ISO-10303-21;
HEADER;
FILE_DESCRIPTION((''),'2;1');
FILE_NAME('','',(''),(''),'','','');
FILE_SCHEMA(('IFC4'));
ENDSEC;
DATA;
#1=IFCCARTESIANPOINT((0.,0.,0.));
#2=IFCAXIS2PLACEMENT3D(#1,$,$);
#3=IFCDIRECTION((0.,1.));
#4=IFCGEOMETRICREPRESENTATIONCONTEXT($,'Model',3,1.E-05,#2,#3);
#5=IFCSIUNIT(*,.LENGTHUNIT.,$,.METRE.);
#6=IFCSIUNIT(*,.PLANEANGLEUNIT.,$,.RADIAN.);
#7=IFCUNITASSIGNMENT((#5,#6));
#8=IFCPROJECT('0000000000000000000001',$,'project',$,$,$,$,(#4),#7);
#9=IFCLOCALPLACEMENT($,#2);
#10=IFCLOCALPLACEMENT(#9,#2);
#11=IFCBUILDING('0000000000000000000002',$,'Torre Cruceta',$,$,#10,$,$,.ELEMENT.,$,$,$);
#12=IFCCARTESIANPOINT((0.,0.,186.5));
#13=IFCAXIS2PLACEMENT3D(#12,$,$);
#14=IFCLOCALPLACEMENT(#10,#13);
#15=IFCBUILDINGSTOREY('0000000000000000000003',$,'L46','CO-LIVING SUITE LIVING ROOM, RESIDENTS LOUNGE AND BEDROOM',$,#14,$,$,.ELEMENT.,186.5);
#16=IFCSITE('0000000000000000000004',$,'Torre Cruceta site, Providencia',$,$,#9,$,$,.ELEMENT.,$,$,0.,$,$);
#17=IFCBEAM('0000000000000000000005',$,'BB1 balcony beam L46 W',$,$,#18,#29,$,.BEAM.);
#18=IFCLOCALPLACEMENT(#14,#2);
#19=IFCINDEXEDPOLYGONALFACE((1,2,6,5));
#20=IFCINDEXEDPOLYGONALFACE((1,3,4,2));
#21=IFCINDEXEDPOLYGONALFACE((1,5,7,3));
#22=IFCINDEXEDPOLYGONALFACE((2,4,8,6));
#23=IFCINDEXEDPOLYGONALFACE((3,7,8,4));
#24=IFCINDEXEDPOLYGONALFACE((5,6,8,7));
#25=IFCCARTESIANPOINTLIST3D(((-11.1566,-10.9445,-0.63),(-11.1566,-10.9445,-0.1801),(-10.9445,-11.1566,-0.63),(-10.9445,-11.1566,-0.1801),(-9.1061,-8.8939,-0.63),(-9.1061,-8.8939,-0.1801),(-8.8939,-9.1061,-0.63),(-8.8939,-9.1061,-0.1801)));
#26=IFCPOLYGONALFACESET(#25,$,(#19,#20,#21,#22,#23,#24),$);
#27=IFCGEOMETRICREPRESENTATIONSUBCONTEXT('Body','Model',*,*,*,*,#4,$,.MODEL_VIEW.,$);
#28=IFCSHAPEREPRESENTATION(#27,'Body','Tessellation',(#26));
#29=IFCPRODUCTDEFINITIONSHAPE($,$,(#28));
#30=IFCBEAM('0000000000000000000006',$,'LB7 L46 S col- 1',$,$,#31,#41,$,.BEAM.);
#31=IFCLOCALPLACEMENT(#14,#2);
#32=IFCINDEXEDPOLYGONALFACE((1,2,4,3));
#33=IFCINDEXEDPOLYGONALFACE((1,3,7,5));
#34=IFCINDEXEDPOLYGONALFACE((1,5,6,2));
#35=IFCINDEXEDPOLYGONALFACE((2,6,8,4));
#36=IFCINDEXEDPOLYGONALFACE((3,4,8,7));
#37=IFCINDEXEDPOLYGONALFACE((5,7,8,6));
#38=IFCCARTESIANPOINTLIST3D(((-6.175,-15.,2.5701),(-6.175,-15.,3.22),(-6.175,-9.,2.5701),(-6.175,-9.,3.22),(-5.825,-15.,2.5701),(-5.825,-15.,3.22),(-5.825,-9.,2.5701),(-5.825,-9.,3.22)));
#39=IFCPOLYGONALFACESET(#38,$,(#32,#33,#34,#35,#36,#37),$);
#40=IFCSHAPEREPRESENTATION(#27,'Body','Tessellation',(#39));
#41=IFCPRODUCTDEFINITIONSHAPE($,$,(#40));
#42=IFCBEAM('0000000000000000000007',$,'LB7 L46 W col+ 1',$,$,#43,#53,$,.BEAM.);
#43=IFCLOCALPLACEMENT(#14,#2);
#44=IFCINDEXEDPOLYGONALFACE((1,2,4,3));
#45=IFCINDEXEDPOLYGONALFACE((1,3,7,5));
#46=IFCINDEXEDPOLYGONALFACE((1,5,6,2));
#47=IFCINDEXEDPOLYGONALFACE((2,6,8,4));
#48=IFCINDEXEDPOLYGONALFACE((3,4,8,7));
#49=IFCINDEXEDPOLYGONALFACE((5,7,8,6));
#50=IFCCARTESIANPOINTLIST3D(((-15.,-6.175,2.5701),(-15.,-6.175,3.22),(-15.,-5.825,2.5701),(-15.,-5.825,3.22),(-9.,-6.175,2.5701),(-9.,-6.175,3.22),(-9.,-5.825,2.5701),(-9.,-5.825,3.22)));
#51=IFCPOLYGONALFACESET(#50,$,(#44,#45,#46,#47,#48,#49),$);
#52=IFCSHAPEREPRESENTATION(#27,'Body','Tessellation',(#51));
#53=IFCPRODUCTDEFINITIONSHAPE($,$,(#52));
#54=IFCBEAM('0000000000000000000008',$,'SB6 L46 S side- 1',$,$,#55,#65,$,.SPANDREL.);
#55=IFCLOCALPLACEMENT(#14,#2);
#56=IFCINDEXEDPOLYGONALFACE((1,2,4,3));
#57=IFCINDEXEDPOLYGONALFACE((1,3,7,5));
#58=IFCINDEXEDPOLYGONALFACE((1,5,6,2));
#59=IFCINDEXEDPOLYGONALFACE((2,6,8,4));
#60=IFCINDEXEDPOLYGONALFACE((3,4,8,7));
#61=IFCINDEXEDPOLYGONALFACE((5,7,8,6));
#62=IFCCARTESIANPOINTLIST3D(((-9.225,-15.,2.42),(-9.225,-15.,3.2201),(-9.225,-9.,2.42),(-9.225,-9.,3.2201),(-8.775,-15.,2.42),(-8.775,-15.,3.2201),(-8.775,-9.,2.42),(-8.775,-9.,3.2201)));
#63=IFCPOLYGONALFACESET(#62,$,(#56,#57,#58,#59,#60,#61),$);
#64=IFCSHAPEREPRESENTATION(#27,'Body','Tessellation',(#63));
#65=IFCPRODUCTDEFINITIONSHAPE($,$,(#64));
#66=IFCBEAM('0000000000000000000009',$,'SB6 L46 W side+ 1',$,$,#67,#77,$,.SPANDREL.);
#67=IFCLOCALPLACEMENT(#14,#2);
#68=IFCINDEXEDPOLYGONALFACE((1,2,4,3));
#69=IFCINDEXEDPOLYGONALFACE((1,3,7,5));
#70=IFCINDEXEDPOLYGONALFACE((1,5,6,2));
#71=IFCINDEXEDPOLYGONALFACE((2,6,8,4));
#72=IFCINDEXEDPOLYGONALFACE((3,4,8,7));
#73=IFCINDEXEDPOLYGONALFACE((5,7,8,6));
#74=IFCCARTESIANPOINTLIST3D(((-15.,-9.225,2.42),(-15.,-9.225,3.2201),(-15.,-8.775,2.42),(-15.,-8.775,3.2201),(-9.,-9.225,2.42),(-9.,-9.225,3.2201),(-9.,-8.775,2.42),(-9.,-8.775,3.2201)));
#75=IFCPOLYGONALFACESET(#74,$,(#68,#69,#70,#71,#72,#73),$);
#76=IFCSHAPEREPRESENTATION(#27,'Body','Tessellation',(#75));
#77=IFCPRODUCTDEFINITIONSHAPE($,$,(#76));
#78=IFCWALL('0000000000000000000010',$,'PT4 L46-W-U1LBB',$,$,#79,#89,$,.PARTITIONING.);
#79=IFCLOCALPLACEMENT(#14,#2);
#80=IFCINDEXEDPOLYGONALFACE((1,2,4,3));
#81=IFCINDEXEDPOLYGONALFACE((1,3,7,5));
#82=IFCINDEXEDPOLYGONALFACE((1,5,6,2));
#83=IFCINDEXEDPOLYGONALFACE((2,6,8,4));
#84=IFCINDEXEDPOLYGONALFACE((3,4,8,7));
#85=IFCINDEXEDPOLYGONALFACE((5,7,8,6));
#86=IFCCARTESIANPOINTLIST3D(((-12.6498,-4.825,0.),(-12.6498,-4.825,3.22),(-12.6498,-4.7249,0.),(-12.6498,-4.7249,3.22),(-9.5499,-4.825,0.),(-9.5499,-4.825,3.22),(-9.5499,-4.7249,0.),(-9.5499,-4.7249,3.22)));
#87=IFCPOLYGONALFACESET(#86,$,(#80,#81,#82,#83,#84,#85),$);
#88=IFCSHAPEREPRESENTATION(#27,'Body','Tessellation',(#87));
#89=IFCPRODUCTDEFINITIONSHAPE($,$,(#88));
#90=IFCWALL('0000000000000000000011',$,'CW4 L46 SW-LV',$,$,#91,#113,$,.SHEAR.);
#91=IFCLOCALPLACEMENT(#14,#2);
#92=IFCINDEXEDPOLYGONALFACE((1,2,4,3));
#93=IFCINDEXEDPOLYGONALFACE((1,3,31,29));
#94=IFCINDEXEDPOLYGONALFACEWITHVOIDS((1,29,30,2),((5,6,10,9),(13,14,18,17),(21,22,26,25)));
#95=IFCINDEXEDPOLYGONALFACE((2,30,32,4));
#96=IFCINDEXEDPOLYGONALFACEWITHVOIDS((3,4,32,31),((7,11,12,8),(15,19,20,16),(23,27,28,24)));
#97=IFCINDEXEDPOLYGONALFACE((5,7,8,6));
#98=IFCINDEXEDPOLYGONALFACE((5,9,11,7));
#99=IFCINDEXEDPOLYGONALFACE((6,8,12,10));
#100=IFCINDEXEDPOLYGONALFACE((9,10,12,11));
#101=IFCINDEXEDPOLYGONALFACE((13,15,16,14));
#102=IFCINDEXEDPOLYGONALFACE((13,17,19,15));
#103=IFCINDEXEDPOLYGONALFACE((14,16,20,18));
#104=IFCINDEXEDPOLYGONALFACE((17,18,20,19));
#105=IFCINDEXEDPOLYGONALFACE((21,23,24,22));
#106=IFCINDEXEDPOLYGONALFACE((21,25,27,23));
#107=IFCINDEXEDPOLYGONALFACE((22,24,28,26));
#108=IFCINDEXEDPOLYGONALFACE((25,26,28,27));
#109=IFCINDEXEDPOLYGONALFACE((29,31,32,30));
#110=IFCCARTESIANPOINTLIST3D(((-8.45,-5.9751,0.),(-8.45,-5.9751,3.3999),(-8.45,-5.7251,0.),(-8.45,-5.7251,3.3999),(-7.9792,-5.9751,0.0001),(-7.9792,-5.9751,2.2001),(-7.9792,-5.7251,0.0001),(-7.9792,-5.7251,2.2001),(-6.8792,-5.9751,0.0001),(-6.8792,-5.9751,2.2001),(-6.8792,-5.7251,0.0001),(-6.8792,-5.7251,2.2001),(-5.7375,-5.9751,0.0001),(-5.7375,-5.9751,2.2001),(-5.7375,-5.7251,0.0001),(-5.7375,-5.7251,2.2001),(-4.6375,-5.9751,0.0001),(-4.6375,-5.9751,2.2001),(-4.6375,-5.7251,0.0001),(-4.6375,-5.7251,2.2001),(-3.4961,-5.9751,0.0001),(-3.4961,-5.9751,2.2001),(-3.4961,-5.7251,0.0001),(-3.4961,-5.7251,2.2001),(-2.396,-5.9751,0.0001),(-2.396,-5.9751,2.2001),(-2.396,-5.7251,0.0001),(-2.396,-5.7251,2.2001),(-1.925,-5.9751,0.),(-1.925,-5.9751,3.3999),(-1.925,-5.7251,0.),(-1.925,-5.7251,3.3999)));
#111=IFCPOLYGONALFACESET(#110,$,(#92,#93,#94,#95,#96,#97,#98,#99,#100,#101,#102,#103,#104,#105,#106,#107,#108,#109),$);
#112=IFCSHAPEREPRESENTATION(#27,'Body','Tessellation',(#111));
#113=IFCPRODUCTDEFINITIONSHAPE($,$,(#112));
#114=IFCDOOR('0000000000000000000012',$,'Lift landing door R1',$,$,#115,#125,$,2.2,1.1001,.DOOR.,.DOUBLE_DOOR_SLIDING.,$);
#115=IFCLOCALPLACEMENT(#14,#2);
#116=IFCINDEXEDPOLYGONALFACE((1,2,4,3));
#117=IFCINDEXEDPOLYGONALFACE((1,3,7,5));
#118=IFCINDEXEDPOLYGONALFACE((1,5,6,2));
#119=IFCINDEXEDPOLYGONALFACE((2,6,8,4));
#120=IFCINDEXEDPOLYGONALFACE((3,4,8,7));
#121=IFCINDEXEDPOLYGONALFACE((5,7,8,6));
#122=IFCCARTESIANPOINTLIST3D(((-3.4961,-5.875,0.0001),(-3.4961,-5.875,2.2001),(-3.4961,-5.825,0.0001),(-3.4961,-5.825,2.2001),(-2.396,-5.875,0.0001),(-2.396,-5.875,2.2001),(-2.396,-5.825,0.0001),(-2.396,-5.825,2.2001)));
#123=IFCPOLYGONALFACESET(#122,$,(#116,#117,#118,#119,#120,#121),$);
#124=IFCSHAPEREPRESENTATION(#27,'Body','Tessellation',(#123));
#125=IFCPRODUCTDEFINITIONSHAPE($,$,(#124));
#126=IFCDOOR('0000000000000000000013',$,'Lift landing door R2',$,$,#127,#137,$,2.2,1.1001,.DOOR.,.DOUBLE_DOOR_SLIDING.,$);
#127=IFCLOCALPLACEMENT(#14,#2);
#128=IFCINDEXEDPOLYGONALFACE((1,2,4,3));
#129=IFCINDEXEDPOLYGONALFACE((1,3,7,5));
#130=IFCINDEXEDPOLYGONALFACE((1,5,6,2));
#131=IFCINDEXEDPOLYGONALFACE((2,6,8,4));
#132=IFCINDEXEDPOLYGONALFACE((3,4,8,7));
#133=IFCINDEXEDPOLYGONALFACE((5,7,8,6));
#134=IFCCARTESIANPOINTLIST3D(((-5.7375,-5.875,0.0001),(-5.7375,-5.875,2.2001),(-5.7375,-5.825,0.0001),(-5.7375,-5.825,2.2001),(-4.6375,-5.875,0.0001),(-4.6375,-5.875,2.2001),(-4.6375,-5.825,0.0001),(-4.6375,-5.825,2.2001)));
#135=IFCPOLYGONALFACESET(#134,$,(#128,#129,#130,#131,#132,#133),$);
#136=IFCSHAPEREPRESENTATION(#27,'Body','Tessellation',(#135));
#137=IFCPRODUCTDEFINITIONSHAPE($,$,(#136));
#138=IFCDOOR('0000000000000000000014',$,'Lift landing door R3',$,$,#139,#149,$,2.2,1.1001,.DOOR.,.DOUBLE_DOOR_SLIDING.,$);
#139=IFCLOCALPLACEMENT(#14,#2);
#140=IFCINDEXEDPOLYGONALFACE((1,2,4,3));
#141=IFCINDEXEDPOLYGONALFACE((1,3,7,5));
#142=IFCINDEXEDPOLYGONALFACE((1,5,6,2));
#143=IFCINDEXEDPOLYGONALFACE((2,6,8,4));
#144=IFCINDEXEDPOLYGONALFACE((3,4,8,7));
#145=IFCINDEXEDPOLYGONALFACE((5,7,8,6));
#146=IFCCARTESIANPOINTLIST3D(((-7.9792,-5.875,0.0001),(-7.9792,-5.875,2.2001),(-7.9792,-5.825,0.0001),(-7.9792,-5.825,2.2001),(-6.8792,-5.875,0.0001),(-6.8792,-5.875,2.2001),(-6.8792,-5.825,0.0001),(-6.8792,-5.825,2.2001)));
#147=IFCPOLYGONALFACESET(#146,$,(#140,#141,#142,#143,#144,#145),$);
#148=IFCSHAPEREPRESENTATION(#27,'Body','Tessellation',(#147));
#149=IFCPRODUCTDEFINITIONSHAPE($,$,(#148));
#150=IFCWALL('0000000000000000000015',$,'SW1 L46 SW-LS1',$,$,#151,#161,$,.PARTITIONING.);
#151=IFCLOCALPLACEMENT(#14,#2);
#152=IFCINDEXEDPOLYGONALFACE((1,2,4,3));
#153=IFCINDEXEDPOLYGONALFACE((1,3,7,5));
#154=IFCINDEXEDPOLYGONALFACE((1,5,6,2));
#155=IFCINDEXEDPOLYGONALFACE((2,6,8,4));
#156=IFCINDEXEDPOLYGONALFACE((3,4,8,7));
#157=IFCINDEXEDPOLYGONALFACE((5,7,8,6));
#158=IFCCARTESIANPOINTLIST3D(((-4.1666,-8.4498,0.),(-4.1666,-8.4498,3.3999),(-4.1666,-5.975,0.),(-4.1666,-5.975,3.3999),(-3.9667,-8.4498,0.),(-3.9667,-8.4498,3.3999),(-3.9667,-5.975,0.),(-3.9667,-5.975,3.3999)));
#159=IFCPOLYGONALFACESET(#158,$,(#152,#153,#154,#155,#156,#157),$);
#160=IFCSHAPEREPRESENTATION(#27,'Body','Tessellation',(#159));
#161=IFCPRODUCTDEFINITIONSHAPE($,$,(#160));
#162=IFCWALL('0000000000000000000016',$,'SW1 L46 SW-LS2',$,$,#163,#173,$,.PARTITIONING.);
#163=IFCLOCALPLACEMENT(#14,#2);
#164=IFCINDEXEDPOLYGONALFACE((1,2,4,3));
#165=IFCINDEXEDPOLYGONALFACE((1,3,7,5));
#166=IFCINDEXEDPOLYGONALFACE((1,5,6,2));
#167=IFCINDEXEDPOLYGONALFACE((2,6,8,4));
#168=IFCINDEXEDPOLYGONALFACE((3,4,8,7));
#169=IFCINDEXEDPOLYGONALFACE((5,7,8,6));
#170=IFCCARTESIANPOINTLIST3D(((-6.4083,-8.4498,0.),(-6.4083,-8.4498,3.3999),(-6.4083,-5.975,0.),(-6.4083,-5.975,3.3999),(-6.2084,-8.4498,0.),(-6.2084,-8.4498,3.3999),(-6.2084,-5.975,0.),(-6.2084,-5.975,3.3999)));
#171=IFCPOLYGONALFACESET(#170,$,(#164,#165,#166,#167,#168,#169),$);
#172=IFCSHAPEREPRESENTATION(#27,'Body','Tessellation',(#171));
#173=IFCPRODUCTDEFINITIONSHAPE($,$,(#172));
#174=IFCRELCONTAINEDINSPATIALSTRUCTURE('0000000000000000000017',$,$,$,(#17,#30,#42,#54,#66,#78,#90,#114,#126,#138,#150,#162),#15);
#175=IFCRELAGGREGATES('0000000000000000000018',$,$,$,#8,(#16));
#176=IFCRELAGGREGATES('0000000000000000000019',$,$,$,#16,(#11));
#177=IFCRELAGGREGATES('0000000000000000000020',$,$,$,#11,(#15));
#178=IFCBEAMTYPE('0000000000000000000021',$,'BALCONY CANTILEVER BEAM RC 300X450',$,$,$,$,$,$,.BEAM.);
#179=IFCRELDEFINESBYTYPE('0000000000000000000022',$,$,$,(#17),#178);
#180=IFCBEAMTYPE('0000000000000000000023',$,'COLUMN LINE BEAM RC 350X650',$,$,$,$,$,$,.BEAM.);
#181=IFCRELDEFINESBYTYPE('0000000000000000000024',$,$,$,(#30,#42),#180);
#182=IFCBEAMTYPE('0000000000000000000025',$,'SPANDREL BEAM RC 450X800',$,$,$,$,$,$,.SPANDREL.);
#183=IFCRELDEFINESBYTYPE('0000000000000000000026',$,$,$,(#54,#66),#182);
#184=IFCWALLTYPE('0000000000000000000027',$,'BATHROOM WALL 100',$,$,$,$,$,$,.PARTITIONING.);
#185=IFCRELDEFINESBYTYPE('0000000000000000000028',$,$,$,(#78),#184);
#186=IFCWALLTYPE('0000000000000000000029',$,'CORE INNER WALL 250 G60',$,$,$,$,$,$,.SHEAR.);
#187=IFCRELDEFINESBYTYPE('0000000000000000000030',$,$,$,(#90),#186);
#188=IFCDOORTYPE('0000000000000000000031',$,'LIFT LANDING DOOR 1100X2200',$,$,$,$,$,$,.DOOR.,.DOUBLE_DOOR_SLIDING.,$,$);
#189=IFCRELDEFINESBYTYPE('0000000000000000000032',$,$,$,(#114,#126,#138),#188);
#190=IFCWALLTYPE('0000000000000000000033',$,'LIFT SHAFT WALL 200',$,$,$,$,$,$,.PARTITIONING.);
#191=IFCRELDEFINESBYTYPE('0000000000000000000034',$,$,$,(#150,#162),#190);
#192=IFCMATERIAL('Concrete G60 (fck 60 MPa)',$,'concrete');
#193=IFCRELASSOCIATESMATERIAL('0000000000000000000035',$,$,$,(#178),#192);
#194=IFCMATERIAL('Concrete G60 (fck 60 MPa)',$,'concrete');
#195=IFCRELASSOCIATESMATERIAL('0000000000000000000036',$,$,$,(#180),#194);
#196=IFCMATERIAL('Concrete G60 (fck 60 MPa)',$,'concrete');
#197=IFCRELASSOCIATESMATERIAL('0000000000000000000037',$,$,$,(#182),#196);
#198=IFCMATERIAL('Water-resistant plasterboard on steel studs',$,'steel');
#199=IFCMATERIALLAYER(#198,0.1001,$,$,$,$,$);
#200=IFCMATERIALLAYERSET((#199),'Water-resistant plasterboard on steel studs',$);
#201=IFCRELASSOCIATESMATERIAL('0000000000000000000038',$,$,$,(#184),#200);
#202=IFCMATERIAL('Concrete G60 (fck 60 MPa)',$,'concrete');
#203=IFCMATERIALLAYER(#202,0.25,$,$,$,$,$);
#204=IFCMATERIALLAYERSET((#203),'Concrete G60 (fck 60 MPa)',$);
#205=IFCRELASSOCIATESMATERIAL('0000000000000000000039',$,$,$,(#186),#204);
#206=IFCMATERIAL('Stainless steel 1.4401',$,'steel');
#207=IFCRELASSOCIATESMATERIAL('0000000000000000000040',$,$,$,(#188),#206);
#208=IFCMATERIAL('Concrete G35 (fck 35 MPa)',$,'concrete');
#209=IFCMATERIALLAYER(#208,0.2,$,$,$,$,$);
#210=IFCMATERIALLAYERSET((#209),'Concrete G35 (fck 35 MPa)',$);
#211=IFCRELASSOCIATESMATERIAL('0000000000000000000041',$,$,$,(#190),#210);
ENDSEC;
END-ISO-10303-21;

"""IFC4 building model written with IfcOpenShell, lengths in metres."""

from ifc_helpers import new_model, si_unit, direction, frame, frame_2d, origin, origin_2d, place, context, subcontext, project, spatial, rectangle, extrude, material, layer, layer_set, material_profile, profile_set, type_object, element, fill, save


model = new_model("IFC4")

# Units and contexts
model_context = context("Model", 3, precision=1e-05, world=origin(), true_north=direction((0.0, 1.0)))
body_context = subcontext(model_context, "Body", "Model", "MODEL_VIEW")
ifc_project = project(units=[si_unit("LENGTHUNIT", "METRE"), si_unit("PLANEANGLEUNIT", "RADIAN")], contexts=[model_context])

# Site, building, storey
site_placement = place(None, origin())
site = spatial("IfcSite", under=ifc_project, at=site_placement, Name="Torre Cruceta site, Providencia", CompositionType="ELEMENT", RefElevation=0.0)
building_placement = place(site_placement, origin())
building = spatial("IfcBuilding", under=site, at=building_placement, Name="Torre Cruceta", CompositionType="ELEMENT")
storey_placement = place(building_placement, frame((0.0, 0.0, 186.5)))
storey = spatial("IfcBuildingStorey", under=building, at=storey_placement, Name="L46", Description="CO-LIVING SUITE LIVING ROOM, RESIDENTS LOUNGE AND BEDROOM", CompositionType="ELEMENT", Elevation=186.5)

# Beams
ifc_material_1 = material(Name="Concrete G60 (fck 60 MPa)", Category="concrete")
ifc_material_profile_1 = material_profile(ifc_material_1, rectangle(XDim=0.3, YDim=0.45, at=origin_2d()), Name="RC 300X450")
ifc_profile_set_1 = profile_set([ifc_material_profile_1], Name="Concrete G60 (fck 60 MPa)")
beam_type_1 = type_object("IfcBeamType", Name="BALCONY CANTILEVER BEAM RC 300X450", PredefinedType="BEAM", material=ifc_profile_set_1)
beam_placement = place(storey_placement, frame((-9.0, -9.0, -0.405), z_axis=(-0.707107, -0.707107, 0.0), x_axis=(0.707107, -0.707107, 0.0)))
element("IfcBeam", 1, at=beam_placement, inside=storey, type_object=beam_type_1, Name="BB1 balcony beam L46 W", PredefinedType="BEAM", context=body_context, shape_type="SweptSolid", body=[
    extrude(rectangle(XDim=0.3, YDim=0.45, at=origin_2d()), origin(), (0.0, 0.0, 1.0), 2.8999),
])
ifc_material_2 = material(Name="Concrete G60 (fck 60 MPa)", Category="concrete")
ifc_material_profile_2 = material_profile(ifc_material_2, rectangle(XDim=0.3501, YDim=0.6499, at=origin_2d()), Name="RC 350X650")
ifc_profile_set_2 = profile_set([ifc_material_profile_2], Name="Concrete G60 (fck 60 MPa)")
beam_type_2 = type_object("IfcBeamType", Name="COLUMN LINE BEAM RC 350X650", PredefinedType="BEAM", material=ifc_profile_set_2)
for number, where, z_axis, x_axis, name in (
    (2, (-6.0, -9.0, 2.895), (0.0, -1.0, 0.0), (1.0, 0.0, 0.0), "LB7 L46 S col- 1"),
    (3, (-9.0, -6.0, 2.895), (-1.0, 0.0, 0.0), (0.0, -1.0, 0.0), "LB7 L46 W col+ 1"),
):
    element("IfcBeam", number, at=place(storey_placement, frame(where, z_axis=z_axis, x_axis=x_axis)), inside=storey, type_object=beam_type_2, Name=name, PredefinedType="BEAM", context=body_context, shape_type="SweptSolid", body=[
        extrude(rectangle(XDim=0.3501, YDim=0.6499, at=origin_2d()), origin(), (0.0, 0.0, 1.0), 6.0),
    ])
ifc_material_3 = material(Name="Concrete G60 (fck 60 MPa)", Category="concrete")
ifc_material_profile_3 = material_profile(ifc_material_3, rectangle(XDim=0.45, YDim=0.8, at=origin_2d()), Name="RC 450X800")
ifc_profile_set_3 = profile_set([ifc_material_profile_3], Name="Concrete G60 (fck 60 MPa)")
beam_type_3 = type_object("IfcBeamType", Name="SPANDREL BEAM RC 450X800", PredefinedType="SPANDREL", material=ifc_profile_set_3)
for number, where, z_axis, x_axis, name in (
    (4, (-9.0, -9.0, 2.8201), (0.0, -1.0, 0.0), (1.0, 0.0, 0.0), "SB6 L46 S side- 1"),
    (5, (-9.0, -9.0, 2.8201), (-1.0, 0.0, 0.0), (0.0, -1.0, 0.0), "SB6 L46 W side+ 1"),
):
    element("IfcBeam", number, at=place(storey_placement, frame(where, z_axis=z_axis, x_axis=x_axis)), inside=storey, type_object=beam_type_3, Name=name, PredefinedType="SPANDREL", context=body_context, shape_type="SweptSolid", body=[
        extrude(rectangle(XDim=0.45, YDim=0.8, at=origin_2d()), origin(), (0.0, 0.0, 1.0), 6.0),
    ])

# Wall
ifc_material_4 = material(Name="Water-resistant plasterboard on steel studs", Category="steel")
ifc_layer_1 = layer(ifc_material_4, 0.1001)
ifc_layer_set_1 = layer_set([ifc_layer_1], Name="Water-resistant plasterboard on steel studs")
wall_type_1 = type_object("IfcWallType", Name="BATHROOM WALL 100", PredefinedType="PARTITIONING", material=ifc_layer_set_1)
wall_1_placement = place(storey_placement, frame((-9.55, -4.7749, 0.0), z_axis=(0.0, 0.0, 1.0), x_axis=(-1.0, 0.0, 0.0)))
element("IfcWall", 6, at=wall_1_placement, inside=storey, type_object=wall_type_1, Name="PT4 L46-W-U1LBB", PredefinedType="PARTITIONING", context=body_context, shape_type="SweptSolid", body=[
    extrude(rectangle(XDim=3.0999, YDim=0.1001, at=frame_2d((1.5498, 0.0))), origin(), (0.0, 0.0, 1.0), 3.22),
])

# Wall, openings, doors
ifc_material_5 = material(Name="Concrete G60 (fck 60 MPa)", Category="concrete")
ifc_layer_2 = layer(ifc_material_5, 0.25)
ifc_layer_set_2 = layer_set([ifc_layer_2], Name="Concrete G60 (fck 60 MPa)")
wall_type_2 = type_object("IfcWallType", Name="CORE INNER WALL 250 G60", PredefinedType="SHEAR", material=ifc_layer_set_2)
wall_2_placement = place(storey_placement, frame((-1.925, -5.8501, 0.0), z_axis=(0.0, 0.0, 1.0), x_axis=(-1.0, 0.0, 0.0)))
wall_2 = element("IfcWall", 7, at=wall_2_placement, inside=storey, type_object=wall_type_2, Name="CW4 L46 SW-LV", PredefinedType="SHEAR", context=body_context, shape_type="SweptSolid", body=[
    extrude(rectangle(XDim=6.5249, YDim=0.25, at=frame_2d((3.2625, 0.0))), origin(), (0.0, 0.0, 1.0), 3.3999),
])
opening_1_placement = place(wall_2_placement, frame((0.4709, 0.0, 0.0)))
opening_1 = element("IfcOpeningElement", 8, at=opening_1_placement, cuts=wall_2, PredefinedType="OPENING", context=body_context, shape_type="SweptSolid", body=[
    extrude(rectangle(XDim=1.1001, YDim=2.2, at=frame_2d((0.55, 1.1001))), frame((0.0, 0.135, 0.0), z_axis=(0.0, -1.0, 0.0), x_axis=(1.0, 0.0, 0.0)), (0.0, 0.0, 1.0), 0.27),
])
opening_2_placement = place(wall_2_placement, frame((2.7124, 0.0, 0.0)))
opening_2 = element("IfcOpeningElement", 9, at=opening_2_placement, cuts=wall_2, PredefinedType="OPENING", context=body_context, shape_type="SweptSolid", body=[
    extrude(rectangle(XDim=1.1001, YDim=2.2, at=frame_2d((0.55, 1.1001))), frame((0.0, 0.135, 0.0), z_axis=(0.0, -1.0, 0.0), x_axis=(1.0, 0.0, 0.0)), (0.0, 0.0, 1.0), 0.27),
])
opening_3_placement = place(wall_2_placement, frame((4.9541, 0.0, 0.0)))
opening_3 = element("IfcOpeningElement", 10, at=opening_3_placement, cuts=wall_2, PredefinedType="OPENING", context=body_context, shape_type="SweptSolid", body=[
    extrude(rectangle(XDim=1.1001, YDim=2.2, at=frame_2d((0.55, 1.1001))), frame((0.0, 0.135, 0.0), z_axis=(0.0, -1.0, 0.0), x_axis=(1.0, 0.0, 0.0)), (0.0, 0.0, 1.0), 0.27),
])
ifc_material_6 = material(Name="Stainless steel 1.4401", Category="steel")
door_type_1 = type_object("IfcDoorType", Name="LIFT LANDING DOOR 1100X2200", OperationType="DOUBLE_DOOR_SLIDING", PredefinedType="DOOR", material=ifc_material_6)
door_1_placement = place(opening_1_placement, origin())
door_1 = element("IfcDoor", 11, at=door_1_placement, inside=storey, type_object=door_type_1, Name="Lift landing door R1", OperationType="DOUBLE_DOOR_SLIDING", OverallHeight=2.2, OverallWidth=1.1001, PredefinedType="DOOR", context=body_context, shape_type="SweptSolid", body=[
    extrude(rectangle(XDim=1.1001, YDim=2.2, at=frame_2d((0.55, 1.1001))), frame((0.0, 0.0249, 0.0), z_axis=(0.0, -1.0, 0.0), x_axis=(1.0, 0.0, 0.0)), (0.0, 0.0, 1.0), 0.05),
])
fill(opening_1, door_1)
door_2_placement = place(opening_2_placement, origin())
door_2 = element("IfcDoor", 12, at=door_2_placement, inside=storey, type_object=door_type_1, Name="Lift landing door R2", OperationType="DOUBLE_DOOR_SLIDING", OverallHeight=2.2, OverallWidth=1.1001, PredefinedType="DOOR", context=body_context, shape_type="SweptSolid", body=[
    extrude(rectangle(XDim=1.1001, YDim=2.2, at=frame_2d((0.55, 1.1001))), frame((0.0, 0.0249, 0.0), z_axis=(0.0, -1.0, 0.0), x_axis=(1.0, 0.0, 0.0)), (0.0, 0.0, 1.0), 0.05),
])
fill(opening_2, door_2)
door_3_placement = place(opening_3_placement, origin())
door_3 = element("IfcDoor", 13, at=door_3_placement, inside=storey, type_object=door_type_1, Name="Lift landing door R3", OperationType="DOUBLE_DOOR_SLIDING", OverallHeight=2.2, OverallWidth=1.1001, PredefinedType="DOOR", context=body_context, shape_type="SweptSolid", body=[
    extrude(rectangle(XDim=1.1001, YDim=2.2, at=frame_2d((0.55, 1.1001))), frame((0.0, 0.0249, 0.0), z_axis=(0.0, -1.0, 0.0), x_axis=(1.0, 0.0, 0.0)), (0.0, 0.0, 1.0), 0.05),
])
fill(opening_3, door_3)

# Walls
ifc_material_7 = material(Name="Concrete G35 (fck 35 MPa)", Category="concrete")
ifc_layer_3 = layer(ifc_material_7, 0.2)
ifc_layer_set_3 = layer_set([ifc_layer_3], Name="Concrete G35 (fck 35 MPa)")
wall_type_3 = type_object("IfcWallType", Name="LIFT SHAFT WALL 200", PredefinedType="PARTITIONING", material=ifc_layer_set_3)
for number, where, z_axis, x_axis, name in (
    (14, (-4.0667, -5.9751, 0.0), (0.0, 0.0, 1.0), (0.0, -1.0, 0.0), "SW1 L46 SW-LS1"),
    (15, (-6.3083, -5.9751, 0.0), (0.0, 0.0, 1.0), (0.0, -1.0, 0.0), "SW1 L46 SW-LS2"),
):
    element("IfcWall", number, at=place(storey_placement, frame(where, z_axis=z_axis, x_axis=x_axis)), inside=storey, type_object=wall_type_3, Name=name, PredefinedType="PARTITIONING", context=body_context, shape_type="SweptSolid", body=[
        extrude(rectangle(XDim=2.4749, YDim=0.2, at=frame_2d((1.2373, 0.0))), origin(), (0.0, 0.0, 1.0), 3.3999),
    ])

save(model, "model.ifc")
